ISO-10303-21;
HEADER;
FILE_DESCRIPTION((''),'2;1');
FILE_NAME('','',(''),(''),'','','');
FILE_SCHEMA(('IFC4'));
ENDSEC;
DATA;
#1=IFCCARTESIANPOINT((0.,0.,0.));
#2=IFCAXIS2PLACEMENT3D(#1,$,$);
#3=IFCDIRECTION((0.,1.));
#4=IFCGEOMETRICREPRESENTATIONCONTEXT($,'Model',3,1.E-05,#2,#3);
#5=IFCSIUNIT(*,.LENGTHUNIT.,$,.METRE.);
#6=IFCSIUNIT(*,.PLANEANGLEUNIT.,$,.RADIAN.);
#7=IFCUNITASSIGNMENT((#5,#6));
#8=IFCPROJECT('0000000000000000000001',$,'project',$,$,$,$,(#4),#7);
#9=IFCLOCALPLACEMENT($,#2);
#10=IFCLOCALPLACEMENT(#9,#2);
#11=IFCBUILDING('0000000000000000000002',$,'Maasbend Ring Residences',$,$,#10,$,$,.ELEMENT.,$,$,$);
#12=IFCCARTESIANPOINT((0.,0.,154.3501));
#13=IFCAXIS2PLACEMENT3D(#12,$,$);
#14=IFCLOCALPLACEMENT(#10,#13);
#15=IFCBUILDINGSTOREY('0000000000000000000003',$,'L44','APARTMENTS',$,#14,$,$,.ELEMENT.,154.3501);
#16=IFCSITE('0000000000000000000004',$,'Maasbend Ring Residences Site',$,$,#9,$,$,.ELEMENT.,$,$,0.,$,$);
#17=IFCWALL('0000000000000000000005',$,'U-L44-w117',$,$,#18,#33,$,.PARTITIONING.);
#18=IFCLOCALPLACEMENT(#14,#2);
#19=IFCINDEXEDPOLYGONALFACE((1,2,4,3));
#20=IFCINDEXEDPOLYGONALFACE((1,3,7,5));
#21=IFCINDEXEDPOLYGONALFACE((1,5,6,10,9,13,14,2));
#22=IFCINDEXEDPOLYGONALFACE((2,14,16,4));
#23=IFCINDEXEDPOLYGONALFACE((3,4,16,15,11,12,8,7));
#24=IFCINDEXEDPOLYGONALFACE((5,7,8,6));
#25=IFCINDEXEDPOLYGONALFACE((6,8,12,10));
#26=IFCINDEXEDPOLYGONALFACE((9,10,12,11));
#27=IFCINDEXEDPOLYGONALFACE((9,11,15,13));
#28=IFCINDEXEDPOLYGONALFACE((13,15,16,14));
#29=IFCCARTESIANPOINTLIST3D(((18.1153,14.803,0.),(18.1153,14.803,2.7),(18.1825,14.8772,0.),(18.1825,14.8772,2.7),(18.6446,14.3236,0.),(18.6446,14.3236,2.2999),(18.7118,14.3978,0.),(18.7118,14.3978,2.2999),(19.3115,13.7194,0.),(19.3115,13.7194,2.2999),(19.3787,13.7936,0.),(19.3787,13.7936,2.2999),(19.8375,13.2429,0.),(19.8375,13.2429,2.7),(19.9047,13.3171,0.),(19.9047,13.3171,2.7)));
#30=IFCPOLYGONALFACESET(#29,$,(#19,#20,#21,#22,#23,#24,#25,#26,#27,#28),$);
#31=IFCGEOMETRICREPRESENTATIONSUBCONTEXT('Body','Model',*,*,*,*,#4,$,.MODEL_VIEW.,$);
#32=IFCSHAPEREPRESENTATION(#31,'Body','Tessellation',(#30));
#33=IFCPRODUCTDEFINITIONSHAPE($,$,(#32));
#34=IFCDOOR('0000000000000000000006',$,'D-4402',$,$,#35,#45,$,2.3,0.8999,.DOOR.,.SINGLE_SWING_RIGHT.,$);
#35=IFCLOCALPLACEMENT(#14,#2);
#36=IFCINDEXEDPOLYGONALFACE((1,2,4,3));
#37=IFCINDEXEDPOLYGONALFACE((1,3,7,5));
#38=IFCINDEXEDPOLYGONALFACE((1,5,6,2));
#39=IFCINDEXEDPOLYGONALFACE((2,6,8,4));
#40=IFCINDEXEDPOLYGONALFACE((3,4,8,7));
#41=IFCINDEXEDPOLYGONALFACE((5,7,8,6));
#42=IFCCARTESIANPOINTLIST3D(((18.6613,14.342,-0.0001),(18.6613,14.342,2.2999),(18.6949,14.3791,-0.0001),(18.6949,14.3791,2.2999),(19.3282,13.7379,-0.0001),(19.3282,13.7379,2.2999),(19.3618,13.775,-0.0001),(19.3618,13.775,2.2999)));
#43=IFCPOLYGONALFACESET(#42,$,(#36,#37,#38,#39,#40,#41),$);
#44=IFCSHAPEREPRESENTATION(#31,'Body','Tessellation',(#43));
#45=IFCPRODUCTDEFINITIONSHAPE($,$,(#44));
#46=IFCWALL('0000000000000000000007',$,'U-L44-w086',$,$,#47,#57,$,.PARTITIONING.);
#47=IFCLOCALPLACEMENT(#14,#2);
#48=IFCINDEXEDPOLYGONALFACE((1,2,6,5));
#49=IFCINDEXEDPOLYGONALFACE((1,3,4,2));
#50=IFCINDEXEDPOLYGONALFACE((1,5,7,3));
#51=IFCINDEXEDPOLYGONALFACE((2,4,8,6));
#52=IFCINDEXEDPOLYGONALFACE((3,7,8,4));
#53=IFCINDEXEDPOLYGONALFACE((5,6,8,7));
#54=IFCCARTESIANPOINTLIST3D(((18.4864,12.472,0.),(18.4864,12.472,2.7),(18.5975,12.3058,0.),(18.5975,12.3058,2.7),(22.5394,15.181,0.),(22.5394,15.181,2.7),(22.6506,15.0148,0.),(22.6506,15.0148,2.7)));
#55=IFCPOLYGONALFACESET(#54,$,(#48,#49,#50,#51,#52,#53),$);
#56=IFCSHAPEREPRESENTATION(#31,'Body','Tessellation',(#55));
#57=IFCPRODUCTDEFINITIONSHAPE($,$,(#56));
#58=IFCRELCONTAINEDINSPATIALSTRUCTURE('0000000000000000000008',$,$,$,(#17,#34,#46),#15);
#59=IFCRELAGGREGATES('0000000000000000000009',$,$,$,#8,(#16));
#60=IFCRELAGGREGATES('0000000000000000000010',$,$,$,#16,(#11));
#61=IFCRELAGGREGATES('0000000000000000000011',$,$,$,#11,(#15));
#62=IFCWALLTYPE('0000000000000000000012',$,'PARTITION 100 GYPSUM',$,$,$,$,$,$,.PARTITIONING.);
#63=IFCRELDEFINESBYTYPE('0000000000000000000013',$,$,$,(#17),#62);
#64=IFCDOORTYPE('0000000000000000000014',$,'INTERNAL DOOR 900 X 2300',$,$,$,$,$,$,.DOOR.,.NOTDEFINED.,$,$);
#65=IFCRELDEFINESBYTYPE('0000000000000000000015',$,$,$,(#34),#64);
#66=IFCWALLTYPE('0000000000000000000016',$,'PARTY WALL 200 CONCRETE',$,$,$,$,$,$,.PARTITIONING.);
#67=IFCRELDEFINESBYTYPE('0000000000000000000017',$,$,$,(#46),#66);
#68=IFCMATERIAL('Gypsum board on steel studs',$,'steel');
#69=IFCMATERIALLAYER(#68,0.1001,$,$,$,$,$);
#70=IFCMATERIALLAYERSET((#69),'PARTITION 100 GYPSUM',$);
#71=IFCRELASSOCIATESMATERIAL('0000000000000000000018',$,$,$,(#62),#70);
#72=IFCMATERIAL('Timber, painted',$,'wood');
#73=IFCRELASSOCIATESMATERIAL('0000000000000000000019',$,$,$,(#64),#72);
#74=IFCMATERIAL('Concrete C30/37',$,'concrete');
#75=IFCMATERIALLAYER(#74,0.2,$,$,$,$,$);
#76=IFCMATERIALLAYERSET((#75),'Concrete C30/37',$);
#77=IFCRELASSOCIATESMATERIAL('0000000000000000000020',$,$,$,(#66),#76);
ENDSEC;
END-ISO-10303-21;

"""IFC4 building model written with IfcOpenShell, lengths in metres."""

from ifc_helpers import new_model, si_unit, direction, frame, frame_2d, origin, place, context, subcontext, project, spatial, rectangle, extrude, material, layer, layer_set, type_object, element, fill, save


model = new_model("IFC4")

# Units and contexts
model_context = context("Model", 3, precision=1e-05, world=origin(), true_north=direction((0.0, 1.0)))
body_context = subcontext(model_context, "Body", "Model", "MODEL_VIEW")
ifc_project = project(units=[si_unit("LENGTHUNIT", "METRE"), si_unit("PLANEANGLEUNIT", "RADIAN")], contexts=[model_context])

# Site, building, storey
site_placement = place(None, origin())
site = spatial("IfcSite", under=ifc_project, at=site_placement, Name="Maasbend Ring Residences Site", CompositionType="ELEMENT", RefElevation=0.0)
building_placement = place(site_placement, origin())
building = spatial("IfcBuilding", under=site, at=building_placement, Name="Maasbend Ring Residences", CompositionType="ELEMENT")
storey_placement = place(building_placement, frame((0.0, 0.0, 154.3501)))
storey = spatial("IfcBuildingStorey", under=building, at=storey_placement, Name="L44", Description="APARTMENTS", CompositionType="ELEMENT", Elevation=154.3501)

# Shared definitions
ifc_material_1 = material(Name="Gypsum board on steel studs", Category="steel")
ifc_layer_1 = layer(ifc_material_1, 0.1001)
ifc_layer_set_1 = layer_set([ifc_layer_1], Name="PARTITION 100 GYPSUM")
wall_type_1 = type_object("IfcWallType", Name="PARTITION 100 GYPSUM", PredefinedType="PARTITIONING", material=ifc_layer_set_1)

# Wall, opening, door
wall_1_placement = place(storey_placement, frame((18.1489, 14.8401, 0.0), z_axis=(0.0, 0.0, 1.0), x_axis=(0.741127, -0.671364, 0.0)))
wall_1 = element("IfcWall", 1, at=wall_1_placement, inside=storey, type_object=wall_type_1, Name="U-L44-w117", PredefinedType="PARTITIONING", context=body_context, shape_type="SweptSolid", body=[
    extrude(rectangle(XDim=2.3237, YDim=0.1001, at=frame_2d((1.1619, 0.0))), origin(), (0.0, 0.0, 1.0), 2.7),
])
opening_1_placement = place(wall_1_placement, frame((0.7141, 0.0, 0.0)))
opening_1 = element("IfcOpeningElement", 2, at=opening_1_placement, cuts=wall_1, PredefinedType="OPENING", context=body_context, shape_type="SweptSolid", body=[
    extrude(rectangle(XDim=0.8999, YDim=2.3, at=frame_2d((0.45, 1.1499))), frame((0.0, 0.0601, 0.0), z_axis=(0.0, -1.0, 0.0), x_axis=(1.0, 0.0, 0.0)), (0.0, 0.0, 1.0), 0.1201),
])
ifc_material_2 = material(Name="Timber, painted", Category="wood")
door_type_1 = type_object("IfcDoorType", Name="INTERNAL DOOR 900 X 2300", OperationType="NOTDEFINED", PredefinedType="DOOR", material=ifc_material_2)
door_1_placement = place(opening_1_placement, origin())
door_1 = element("IfcDoor", 3, at=door_1_placement, inside=storey, type_object=door_type_1, Name="D-4402", OperationType="SINGLE_SWING_RIGHT", OverallHeight=2.3, OverallWidth=0.8999, PredefinedType="DOOR", context=body_context, shape_type="SweptSolid", body=[
    extrude(rectangle(XDim=0.8999, YDim=2.3, at=frame_2d((0.45, 1.1499))), frame((0.0, 0.0249, 0.0), z_axis=(0.0, -1.0, 0.0), x_axis=(1.0, 0.0, 0.0)), (0.0, 0.0, 1.0), 0.05),
])
fill(opening_1, door_1)

# Wall
ifc_material_3 = material(Name="Concrete C30/37", Category="concrete")
ifc_layer_2 = layer(ifc_material_3, 0.2)
ifc_layer_set_2 = layer_set([ifc_layer_2], Name="Concrete C30/37")
wall_type_2 = type_object("IfcWallType", Name="PARTY WALL 200 CONCRETE", PredefinedType="PARTITIONING", material=ifc_layer_set_2)
wall_2_placement = place(storey_placement, frame((18.542, 12.3889, 0.0), z_axis=(0.0, 0.0, 1.0), x_axis=(0.831387, 0.555694, 0.0)))
element("IfcWall", 4, at=wall_2_placement, inside=storey, type_object=wall_type_2, Name="U-L44-w086", PredefinedType="PARTITIONING", context=body_context, shape_type="SweptSolid", body=[
    extrude(rectangle(XDim=4.875, YDim=0.2, at=frame_2d((2.4375, 0.0))), origin(), (0.0, 0.0, 1.0), 2.7),
])

save(model, "model.ifc")
